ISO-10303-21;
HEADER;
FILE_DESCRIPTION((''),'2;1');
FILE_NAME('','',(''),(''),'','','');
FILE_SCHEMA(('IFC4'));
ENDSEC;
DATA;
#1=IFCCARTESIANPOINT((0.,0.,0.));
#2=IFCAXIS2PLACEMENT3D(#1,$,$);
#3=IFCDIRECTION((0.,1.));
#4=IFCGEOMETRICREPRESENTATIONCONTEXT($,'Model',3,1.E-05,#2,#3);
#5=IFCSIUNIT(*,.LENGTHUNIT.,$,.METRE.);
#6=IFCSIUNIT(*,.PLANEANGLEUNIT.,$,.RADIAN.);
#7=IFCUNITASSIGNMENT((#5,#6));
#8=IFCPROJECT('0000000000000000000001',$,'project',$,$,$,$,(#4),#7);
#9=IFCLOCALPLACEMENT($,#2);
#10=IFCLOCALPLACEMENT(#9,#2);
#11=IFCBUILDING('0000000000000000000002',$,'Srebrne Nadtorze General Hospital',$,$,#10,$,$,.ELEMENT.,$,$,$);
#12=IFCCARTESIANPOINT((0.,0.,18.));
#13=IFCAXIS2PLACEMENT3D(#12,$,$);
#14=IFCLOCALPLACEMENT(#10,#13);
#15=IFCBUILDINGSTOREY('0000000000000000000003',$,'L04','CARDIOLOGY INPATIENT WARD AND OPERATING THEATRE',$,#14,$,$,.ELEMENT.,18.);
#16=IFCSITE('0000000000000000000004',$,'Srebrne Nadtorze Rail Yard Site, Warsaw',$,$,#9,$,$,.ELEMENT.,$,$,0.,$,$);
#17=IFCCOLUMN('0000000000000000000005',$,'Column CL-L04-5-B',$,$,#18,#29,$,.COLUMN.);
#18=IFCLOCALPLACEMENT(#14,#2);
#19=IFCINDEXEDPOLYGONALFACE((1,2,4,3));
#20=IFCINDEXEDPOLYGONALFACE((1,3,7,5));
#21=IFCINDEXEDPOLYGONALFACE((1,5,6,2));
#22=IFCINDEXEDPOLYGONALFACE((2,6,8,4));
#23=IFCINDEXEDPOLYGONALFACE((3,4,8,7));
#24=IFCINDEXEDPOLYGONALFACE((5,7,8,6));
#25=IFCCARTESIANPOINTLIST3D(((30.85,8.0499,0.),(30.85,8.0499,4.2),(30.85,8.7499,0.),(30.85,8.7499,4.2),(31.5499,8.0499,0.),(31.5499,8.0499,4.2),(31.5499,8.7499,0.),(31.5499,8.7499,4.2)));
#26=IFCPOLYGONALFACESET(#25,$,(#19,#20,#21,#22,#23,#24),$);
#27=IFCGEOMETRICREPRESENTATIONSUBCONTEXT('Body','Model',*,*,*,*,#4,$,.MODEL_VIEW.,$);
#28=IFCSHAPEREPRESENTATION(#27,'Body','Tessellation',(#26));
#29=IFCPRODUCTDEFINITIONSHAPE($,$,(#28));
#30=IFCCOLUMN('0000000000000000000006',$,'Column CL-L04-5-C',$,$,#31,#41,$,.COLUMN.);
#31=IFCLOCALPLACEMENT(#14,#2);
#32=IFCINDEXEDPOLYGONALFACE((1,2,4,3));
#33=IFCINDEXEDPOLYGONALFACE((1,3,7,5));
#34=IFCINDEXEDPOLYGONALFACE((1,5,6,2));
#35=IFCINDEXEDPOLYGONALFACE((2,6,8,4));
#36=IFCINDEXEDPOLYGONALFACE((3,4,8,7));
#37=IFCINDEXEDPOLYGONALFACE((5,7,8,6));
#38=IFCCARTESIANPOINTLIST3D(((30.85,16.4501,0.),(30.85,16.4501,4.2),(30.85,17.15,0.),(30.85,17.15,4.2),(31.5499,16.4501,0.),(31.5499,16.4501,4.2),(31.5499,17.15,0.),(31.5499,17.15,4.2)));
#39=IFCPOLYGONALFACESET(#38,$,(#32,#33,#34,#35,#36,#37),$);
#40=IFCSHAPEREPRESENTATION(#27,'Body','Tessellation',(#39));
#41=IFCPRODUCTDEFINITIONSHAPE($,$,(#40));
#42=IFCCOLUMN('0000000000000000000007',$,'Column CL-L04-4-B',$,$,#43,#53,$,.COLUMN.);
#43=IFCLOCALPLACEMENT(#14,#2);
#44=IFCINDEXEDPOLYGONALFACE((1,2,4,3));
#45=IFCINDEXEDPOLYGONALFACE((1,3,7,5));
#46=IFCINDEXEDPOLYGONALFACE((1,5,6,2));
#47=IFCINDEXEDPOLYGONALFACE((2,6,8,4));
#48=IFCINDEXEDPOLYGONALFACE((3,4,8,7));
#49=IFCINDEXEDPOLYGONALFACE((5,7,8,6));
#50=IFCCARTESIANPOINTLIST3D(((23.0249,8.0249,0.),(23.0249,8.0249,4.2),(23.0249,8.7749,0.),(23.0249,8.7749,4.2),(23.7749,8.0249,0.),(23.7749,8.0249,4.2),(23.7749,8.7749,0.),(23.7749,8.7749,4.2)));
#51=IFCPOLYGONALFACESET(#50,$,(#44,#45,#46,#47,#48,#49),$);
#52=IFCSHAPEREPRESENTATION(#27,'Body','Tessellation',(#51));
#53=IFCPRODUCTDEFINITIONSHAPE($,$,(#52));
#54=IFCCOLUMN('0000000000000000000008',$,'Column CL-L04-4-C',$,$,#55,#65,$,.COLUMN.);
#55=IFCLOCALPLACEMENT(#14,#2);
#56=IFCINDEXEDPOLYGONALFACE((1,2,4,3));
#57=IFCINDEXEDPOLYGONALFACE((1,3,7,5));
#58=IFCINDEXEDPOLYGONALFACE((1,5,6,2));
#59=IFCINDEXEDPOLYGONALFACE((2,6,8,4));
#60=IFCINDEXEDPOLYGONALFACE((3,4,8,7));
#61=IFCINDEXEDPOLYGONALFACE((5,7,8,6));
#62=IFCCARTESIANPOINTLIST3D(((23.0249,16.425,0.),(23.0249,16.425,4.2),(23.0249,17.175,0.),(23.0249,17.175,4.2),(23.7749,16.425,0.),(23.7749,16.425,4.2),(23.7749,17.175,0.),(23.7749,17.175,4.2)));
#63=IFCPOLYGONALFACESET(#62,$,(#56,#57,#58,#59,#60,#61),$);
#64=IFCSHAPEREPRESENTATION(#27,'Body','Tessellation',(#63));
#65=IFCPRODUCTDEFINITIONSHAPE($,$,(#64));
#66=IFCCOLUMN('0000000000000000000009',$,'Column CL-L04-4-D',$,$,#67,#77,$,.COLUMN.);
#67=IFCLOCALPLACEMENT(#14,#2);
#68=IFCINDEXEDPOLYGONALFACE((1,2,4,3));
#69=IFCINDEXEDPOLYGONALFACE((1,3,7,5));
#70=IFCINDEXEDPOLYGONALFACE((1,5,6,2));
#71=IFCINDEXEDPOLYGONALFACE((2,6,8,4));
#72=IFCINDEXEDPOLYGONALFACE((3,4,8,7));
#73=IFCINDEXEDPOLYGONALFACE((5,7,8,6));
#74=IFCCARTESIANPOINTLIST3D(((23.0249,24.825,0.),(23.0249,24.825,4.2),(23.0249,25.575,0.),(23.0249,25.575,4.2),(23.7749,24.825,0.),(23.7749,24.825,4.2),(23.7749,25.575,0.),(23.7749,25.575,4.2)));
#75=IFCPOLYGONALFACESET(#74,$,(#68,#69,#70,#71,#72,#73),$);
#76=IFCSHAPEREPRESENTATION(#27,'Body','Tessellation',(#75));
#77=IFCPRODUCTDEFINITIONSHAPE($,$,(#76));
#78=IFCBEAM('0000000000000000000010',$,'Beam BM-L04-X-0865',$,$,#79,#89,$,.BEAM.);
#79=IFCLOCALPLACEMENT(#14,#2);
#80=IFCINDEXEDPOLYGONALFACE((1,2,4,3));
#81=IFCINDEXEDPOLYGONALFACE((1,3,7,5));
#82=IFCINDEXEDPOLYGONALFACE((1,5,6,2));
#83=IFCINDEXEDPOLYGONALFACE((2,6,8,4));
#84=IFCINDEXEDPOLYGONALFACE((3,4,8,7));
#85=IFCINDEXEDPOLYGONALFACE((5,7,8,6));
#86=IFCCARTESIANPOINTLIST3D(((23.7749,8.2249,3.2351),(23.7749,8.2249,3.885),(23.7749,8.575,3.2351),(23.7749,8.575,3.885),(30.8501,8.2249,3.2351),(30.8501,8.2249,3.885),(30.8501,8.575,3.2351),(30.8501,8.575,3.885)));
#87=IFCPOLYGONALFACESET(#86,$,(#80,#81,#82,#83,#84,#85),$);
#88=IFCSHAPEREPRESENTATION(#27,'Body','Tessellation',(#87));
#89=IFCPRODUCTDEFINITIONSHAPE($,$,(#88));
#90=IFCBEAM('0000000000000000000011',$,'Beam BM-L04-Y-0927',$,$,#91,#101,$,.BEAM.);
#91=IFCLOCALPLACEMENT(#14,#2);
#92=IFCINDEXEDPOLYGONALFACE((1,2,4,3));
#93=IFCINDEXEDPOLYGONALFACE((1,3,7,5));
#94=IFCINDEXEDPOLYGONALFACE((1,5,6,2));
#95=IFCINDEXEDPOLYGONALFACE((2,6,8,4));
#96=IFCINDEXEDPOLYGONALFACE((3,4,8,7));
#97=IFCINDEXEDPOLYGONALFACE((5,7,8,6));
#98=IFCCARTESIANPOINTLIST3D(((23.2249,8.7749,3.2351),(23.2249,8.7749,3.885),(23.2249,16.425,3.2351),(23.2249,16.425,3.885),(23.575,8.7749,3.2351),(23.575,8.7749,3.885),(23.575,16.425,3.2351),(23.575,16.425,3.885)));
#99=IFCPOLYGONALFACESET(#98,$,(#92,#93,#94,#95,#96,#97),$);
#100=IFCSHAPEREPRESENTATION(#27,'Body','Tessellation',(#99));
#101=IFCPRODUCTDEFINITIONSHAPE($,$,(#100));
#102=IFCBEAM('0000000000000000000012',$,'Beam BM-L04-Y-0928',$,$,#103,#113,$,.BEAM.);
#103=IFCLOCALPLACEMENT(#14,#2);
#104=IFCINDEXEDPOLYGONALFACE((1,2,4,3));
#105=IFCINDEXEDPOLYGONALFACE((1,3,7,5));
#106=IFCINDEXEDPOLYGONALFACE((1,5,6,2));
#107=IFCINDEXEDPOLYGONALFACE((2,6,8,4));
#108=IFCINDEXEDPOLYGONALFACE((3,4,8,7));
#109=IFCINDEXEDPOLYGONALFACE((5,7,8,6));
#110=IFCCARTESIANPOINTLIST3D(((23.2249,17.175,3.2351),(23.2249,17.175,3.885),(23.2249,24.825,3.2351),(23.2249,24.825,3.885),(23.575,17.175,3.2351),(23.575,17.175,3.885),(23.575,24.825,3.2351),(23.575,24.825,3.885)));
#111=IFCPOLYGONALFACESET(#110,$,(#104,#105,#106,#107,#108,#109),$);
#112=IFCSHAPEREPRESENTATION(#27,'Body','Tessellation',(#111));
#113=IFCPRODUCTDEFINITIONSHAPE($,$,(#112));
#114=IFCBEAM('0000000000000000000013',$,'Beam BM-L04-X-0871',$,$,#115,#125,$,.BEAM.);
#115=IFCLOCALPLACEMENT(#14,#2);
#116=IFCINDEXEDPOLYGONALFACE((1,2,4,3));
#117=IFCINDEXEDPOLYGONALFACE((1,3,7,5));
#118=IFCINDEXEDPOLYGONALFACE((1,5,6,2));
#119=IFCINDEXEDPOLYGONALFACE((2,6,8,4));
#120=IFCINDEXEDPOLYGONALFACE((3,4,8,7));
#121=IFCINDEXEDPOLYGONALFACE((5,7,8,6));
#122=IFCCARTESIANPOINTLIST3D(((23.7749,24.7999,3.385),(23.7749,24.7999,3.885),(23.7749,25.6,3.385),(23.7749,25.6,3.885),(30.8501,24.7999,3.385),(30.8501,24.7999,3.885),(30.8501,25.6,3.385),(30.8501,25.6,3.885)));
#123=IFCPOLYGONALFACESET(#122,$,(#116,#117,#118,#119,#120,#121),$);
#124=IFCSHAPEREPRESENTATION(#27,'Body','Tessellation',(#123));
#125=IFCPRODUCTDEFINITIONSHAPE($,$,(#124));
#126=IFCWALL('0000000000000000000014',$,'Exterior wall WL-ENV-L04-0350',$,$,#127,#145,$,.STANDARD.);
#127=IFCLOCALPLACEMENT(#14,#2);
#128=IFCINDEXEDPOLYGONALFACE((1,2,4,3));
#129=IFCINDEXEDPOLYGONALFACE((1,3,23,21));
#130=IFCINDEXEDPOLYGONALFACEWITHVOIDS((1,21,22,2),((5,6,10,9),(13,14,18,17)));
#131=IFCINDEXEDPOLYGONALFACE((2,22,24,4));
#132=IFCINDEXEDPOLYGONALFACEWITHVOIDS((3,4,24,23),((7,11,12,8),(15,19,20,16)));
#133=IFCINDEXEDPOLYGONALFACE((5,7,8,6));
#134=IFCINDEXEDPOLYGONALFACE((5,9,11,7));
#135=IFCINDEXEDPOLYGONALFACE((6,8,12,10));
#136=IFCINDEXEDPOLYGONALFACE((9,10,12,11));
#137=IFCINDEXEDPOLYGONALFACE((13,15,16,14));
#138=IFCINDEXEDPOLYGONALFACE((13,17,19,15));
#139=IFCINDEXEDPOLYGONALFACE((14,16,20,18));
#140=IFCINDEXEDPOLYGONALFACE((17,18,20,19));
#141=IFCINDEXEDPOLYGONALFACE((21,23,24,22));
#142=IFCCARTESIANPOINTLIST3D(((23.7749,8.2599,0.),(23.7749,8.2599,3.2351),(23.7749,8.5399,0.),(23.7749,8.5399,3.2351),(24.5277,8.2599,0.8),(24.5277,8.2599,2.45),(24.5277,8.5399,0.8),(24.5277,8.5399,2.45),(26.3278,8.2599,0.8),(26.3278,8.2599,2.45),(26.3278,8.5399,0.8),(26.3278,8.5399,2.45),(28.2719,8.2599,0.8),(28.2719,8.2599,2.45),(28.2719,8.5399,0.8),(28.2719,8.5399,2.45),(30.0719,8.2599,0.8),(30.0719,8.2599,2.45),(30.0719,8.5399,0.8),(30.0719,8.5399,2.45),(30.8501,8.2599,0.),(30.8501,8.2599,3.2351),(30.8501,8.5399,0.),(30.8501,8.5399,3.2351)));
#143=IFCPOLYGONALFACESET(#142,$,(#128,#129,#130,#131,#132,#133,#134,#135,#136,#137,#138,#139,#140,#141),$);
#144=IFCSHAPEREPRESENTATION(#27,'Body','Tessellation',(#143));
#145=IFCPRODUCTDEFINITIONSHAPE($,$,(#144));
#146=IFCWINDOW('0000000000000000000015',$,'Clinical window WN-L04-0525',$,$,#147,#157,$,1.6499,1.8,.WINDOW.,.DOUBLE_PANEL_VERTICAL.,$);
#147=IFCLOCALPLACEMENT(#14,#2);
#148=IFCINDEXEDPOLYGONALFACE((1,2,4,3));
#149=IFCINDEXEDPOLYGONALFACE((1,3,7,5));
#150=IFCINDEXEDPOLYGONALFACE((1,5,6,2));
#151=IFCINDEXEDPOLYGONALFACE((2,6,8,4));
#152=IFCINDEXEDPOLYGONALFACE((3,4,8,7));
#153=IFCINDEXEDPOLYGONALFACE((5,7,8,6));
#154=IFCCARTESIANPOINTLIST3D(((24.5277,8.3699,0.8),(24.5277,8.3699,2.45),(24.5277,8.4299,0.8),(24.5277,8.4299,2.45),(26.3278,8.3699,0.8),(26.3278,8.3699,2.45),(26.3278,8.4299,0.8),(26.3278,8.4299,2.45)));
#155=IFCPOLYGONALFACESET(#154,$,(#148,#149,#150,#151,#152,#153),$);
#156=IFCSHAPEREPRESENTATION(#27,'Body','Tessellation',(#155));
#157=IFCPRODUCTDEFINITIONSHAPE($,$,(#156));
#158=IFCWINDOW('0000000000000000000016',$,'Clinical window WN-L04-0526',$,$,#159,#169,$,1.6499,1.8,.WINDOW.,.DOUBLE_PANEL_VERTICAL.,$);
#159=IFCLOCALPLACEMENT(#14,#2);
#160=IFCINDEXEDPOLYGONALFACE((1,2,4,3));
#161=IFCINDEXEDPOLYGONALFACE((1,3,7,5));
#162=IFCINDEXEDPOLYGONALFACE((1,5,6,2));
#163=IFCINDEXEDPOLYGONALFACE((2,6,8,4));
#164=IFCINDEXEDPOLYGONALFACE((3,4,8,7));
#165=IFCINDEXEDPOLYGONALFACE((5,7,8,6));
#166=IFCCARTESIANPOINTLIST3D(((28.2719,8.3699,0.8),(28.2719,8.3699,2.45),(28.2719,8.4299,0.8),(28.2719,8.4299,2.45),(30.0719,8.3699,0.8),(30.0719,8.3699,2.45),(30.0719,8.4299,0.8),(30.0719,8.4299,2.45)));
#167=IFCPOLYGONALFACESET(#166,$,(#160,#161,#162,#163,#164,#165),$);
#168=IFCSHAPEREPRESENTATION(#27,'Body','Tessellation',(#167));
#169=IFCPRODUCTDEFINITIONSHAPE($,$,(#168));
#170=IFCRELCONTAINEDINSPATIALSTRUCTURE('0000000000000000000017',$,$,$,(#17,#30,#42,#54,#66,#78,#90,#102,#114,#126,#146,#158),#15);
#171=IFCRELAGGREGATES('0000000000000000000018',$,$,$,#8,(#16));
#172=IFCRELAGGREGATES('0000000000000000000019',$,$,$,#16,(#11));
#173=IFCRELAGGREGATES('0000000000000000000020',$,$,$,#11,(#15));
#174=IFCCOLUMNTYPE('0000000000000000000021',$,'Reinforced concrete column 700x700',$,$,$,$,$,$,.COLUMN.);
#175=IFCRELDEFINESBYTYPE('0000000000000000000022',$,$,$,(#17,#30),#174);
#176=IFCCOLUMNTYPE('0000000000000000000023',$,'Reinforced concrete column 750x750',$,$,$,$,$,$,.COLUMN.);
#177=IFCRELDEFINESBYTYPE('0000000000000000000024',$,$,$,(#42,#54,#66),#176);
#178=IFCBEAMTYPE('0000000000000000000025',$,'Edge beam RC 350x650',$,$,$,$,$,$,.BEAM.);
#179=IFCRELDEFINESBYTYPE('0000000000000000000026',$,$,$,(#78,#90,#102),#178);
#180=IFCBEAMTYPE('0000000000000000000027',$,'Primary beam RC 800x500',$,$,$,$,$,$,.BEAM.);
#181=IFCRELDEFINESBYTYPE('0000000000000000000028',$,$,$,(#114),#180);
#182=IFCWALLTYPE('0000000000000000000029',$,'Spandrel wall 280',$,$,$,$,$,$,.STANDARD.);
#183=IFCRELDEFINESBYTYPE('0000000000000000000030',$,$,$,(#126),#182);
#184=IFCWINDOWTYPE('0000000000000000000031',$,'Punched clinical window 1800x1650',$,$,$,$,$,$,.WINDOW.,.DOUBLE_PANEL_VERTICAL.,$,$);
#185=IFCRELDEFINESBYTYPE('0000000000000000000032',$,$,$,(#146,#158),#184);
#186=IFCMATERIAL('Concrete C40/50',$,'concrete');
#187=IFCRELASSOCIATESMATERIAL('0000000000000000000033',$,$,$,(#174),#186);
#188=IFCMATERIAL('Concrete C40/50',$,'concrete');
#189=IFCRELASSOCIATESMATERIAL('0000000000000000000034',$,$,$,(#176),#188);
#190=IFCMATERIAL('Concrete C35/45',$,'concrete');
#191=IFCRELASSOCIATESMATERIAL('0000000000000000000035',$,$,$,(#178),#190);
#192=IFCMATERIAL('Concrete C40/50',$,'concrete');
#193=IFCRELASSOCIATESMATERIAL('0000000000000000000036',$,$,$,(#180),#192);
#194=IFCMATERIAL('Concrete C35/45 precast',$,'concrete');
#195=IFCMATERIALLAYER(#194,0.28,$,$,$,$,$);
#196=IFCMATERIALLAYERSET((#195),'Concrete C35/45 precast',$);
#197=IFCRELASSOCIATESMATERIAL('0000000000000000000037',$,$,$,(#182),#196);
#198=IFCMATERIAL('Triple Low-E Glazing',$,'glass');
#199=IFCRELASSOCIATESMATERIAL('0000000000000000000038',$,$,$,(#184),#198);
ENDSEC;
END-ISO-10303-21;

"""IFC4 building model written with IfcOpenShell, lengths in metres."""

from ifc_helpers import new_model, si_unit, direction, frame, frame_2d, origin, origin_2d, place, context, subcontext, project, spatial, rectangle, extrude, material, layer, layer_set, material_profile, profile_set, type_object, element, fill, save


model = new_model("IFC4")

# Units and contexts
model_context = context("Model", 3, precision=1e-05, world=origin(), true_north=direction((0.0, 1.0)))
body_context = subcontext(model_context, "Body", "Model", "MODEL_VIEW")
ifc_project = project(units=[si_unit("LENGTHUNIT", "METRE"), si_unit("PLANEANGLEUNIT", "RADIAN")], contexts=[model_context])

# Site, building, storey
site_placement = place(None, origin())
site = spatial("IfcSite", under=ifc_project, at=site_placement, Name="Srebrne Nadtorze Rail Yard Site, Warsaw", CompositionType="ELEMENT", RefElevation=0.0)
building_placement = place(site_placement, origin())
building = spatial("IfcBuilding", under=site, at=building_placement, Name="Srebrne Nadtorze General Hospital", CompositionType="ELEMENT")
storey_placement = place(building_placement, frame((0.0, 0.0, 18.0)))
storey = spatial("IfcBuildingStorey", under=building, at=storey_placement, Name="L04", Description="CARDIOLOGY INPATIENT WARD AND OPERATING THEATRE", CompositionType="ELEMENT", Elevation=18.0)

# Columns
ifc_material_1 = material(Name="Concrete C40/50", Category="concrete")
ifc_material_profile_1 = material_profile(ifc_material_1, rectangle(XDim=0.7, YDim=0.7, at=origin_2d()), Name="RC-COL-700x700")
ifc_profile_set_1 = profile_set([ifc_material_profile_1], Name="Concrete C40/50")
column_type_1 = type_object("IfcColumnType", Name="Reinforced concrete column 700x700", PredefinedType="COLUMN", material=ifc_profile_set_1)
for number, where, z_axis, x_axis, name in (
    (1, (31.2, 8.3999, 0.0), (0.0, 0.0, 1.0), (1.0, 0.0, 0.0), "Column CL-L04-5-B"),
    (2, (31.2, 16.8, 0.0), (0.0, 0.0, 1.0), (1.0, 0.0, 0.0), "Column CL-L04-5-C"),
):
    element("IfcColumn", number, at=place(storey_placement, frame(where, z_axis=z_axis, x_axis=x_axis)), inside=storey, type_object=column_type_1, Name=name, PredefinedType="COLUMN", context=body_context, shape_type="SweptSolid", body=[
        extrude(rectangle(XDim=0.7, YDim=0.7, at=origin_2d()), origin(), (0.0, 0.0, 1.0), 4.2),
    ])
ifc_material_2 = material(Name="Concrete C40/50", Category="concrete")
ifc_material_profile_2 = material_profile(ifc_material_2, rectangle(XDim=0.75, YDim=0.75, at=origin_2d()), Name="RC-COL-750x750")
ifc_profile_set_2 = profile_set([ifc_material_profile_2], Name="Concrete C40/50")
column_type_2 = type_object("IfcColumnType", Name="Reinforced concrete column 750x750", PredefinedType="COLUMN", material=ifc_profile_set_2)
for number, where, z_axis, x_axis, name in (
    (3, (23.3999, 8.3999, 0.0), (0.0, 0.0, 1.0), (1.0, 0.0, 0.0), "Column CL-L04-4-B"),
    (4, (23.3999, 16.8, 0.0), (0.0, 0.0, 1.0), (1.0, 0.0, 0.0), "Column CL-L04-4-C"),
    (5, (23.3999, 25.2, 0.0), (0.0, 0.0, 1.0), (1.0, 0.0, 0.0), "Column CL-L04-4-D"),
):
    element("IfcColumn", number, at=place(storey_placement, frame(where, z_axis=z_axis, x_axis=x_axis)), inside=storey, type_object=column_type_2, Name=name, PredefinedType="COLUMN", context=body_context, shape_type="SweptSolid", body=[
        extrude(rectangle(XDim=0.75, YDim=0.75, at=origin_2d()), origin(), (0.0, 0.0, 1.0), 4.2),
    ])

# Beams
ifc_material_3 = material(Name="Concrete C35/45", Category="concrete")
ifc_material_profile_3 = material_profile(ifc_material_3, rectangle(XDim=0.3501, YDim=0.6499, at=origin_2d()), Name="RC-BM-350x650")
ifc_profile_set_3 = profile_set([ifc_material_profile_3], Name="Concrete C35/45")
beam_type_1 = type_object("IfcBeamType", Name="Edge beam RC 350x650", PredefinedType="BEAM", material=ifc_profile_set_3)
beam_1_placement = place(storey_placement, frame((23.7749, 8.3999, 3.5601), z_axis=(1.0, 0.0, 0.0), x_axis=(0.0, 1.0, 0.0)))
element("IfcBeam", 6, at=beam_1_placement, inside=storey, type_object=beam_type_1, Name="Beam BM-L04-X-0865", PredefinedType="BEAM", context=body_context, shape_type="SweptSolid", body=[
    extrude(rectangle(XDim=0.3501, YDim=0.6499, at=origin_2d()), origin(), (0.0, 0.0, 1.0), 7.0752),
])
beam_2_placement = place(storey_placement, frame((23.3999, 8.7749, 3.5601), z_axis=(0.0, 1.0, 0.0), x_axis=(-1.0, 0.0, 0.0)))
element("IfcBeam", 7, at=beam_2_placement, inside=storey, type_object=beam_type_1, Name="Beam BM-L04-Y-0927", PredefinedType="BEAM", context=body_context, shape_type="SweptSolid", body=[
    extrude(rectangle(XDim=0.3501, YDim=0.6499, at=origin_2d()), origin(), (0.0, 0.0, 1.0), 7.6501),
])
beam_3_placement = place(storey_placement, frame((23.3999, 17.175, 3.5601), z_axis=(0.0, 1.0, 0.0), x_axis=(-1.0, 0.0, 0.0)))
element("IfcBeam", 8, at=beam_3_placement, inside=storey, type_object=beam_type_1, Name="Beam BM-L04-Y-0928", PredefinedType="BEAM", context=body_context, shape_type="SweptSolid", body=[
    extrude(rectangle(XDim=0.3501, YDim=0.6499, at=origin_2d()), origin(), (0.0, 0.0, 1.0), 7.6499),
])
ifc_material_4 = material(Name="Concrete C40/50", Category="concrete")
ifc_material_profile_4 = material_profile(ifc_material_4, rectangle(XDim=0.8, YDim=0.5, at=origin_2d()), Name="RC-BM-800x500")
ifc_profile_set_4 = profile_set([ifc_material_profile_4], Name="Concrete C40/50")
beam_type_2 = type_object("IfcBeamType", Name="Primary beam RC 800x500", PredefinedType="BEAM", material=ifc_profile_set_4)
beam_4_placement = place(storey_placement, frame((23.7749, 25.2, 3.635), z_axis=(1.0, 0.0, 0.0), x_axis=(0.0, 1.0, 0.0)))
element("IfcBeam", 9, at=beam_4_placement, inside=storey, type_object=beam_type_2, Name="Beam BM-L04-X-0871", PredefinedType="BEAM", context=body_context, shape_type="SweptSolid", body=[
    extrude(rectangle(XDim=0.8, YDim=0.5, at=origin_2d()), origin(), (0.0, 0.0, 1.0), 7.0752),
])

# Wall, openings, windows
ifc_material_5 = material(Name="Concrete C35/45 precast", Category="concrete")
ifc_layer_1 = layer(ifc_material_5, 0.28)
ifc_layer_set_1 = layer_set([ifc_layer_1], Name="Concrete C35/45 precast")
wall_type = type_object("IfcWallType", Name="Spandrel wall 280", PredefinedType="STANDARD", material=ifc_layer_set_1)
wall_1_placement = place(storey_placement, frame((23.7749, 8.3999, 0.0), z_axis=(0.0, 0.0, 1.0), x_axis=(1.0, 0.0, 0.0)))
wall_1 = element("IfcWall", 10, at=wall_1_placement, inside=storey, type_object=wall_type, Name="Exterior wall WL-ENV-L04-0350", PredefinedType="STANDARD", context=body_context, shape_type="SweptSolid", body=[
    extrude(rectangle(XDim=7.0752, YDim=0.28, at=frame_2d((3.5376, 0.0))), origin(), (0.0, 0.0, 1.0), 3.2351),
])
opening_1_placement = place(wall_1_placement, frame((0.7529, 0.0, 0.8)))
opening_1 = element("IfcOpeningElement", 11, at=opening_1_placement, cuts=wall_1, PredefinedType="OPENING", context=body_context, shape_type="SweptSolid", body=[
    extrude(rectangle(XDim=1.8, YDim=1.6499, at=frame_2d((0.8999, 0.825))), frame((0.0, 0.1519, 0.0), z_axis=(0.0, -1.0, 0.0), x_axis=(1.0, 0.0, 0.0)), (0.0, 0.0, 1.0), 0.304),
])
opening_2_placement = place(wall_1_placement, frame((4.4971, 0.0, 0.8)))
opening_2 = element("IfcOpeningElement", 12, at=opening_2_placement, cuts=wall_1, PredefinedType="OPENING", context=body_context, shape_type="SweptSolid", body=[
    extrude(rectangle(XDim=1.8, YDim=1.6499, at=frame_2d((0.8999, 0.825))), frame((0.0, 0.1519, 0.0), z_axis=(0.0, -1.0, 0.0), x_axis=(1.0, 0.0, 0.0)), (0.0, 0.0, 1.0), 0.304),
])
ifc_material_6 = material(Name="Triple Low-E Glazing", Category="glass")
window_type_1 = type_object("IfcWindowType", Name="Punched clinical window 1800x1650", PartitioningType="DOUBLE_PANEL_VERTICAL", PredefinedType="WINDOW", material=ifc_material_6)
window_1_placement = place(opening_1_placement, origin())
window_1 = element("IfcWindow", 13, at=window_1_placement, inside=storey, type_object=window_type_1, Name="Clinical window WN-L04-0525", OverallHeight=1.6499, OverallWidth=1.8, PartitioningType="DOUBLE_PANEL_VERTICAL", PredefinedType="WINDOW", context=body_context, shape_type="SweptSolid", body=[
    extrude(rectangle(XDim=1.8, YDim=1.6499, at=frame_2d((0.8999, 0.825))), frame((0.0, 0.03, 0.0), z_axis=(0.0, -1.0, 0.0), x_axis=(1.0, 0.0, 0.0)), (0.0, 0.0, 1.0), 0.0601),
])
fill(opening_1, window_1)
window_2_placement = place(opening_2_placement, origin())
window_2 = element("IfcWindow", 14, at=window_2_placement, inside=storey, type_object=window_type_1, Name="Clinical window WN-L04-0526", OverallHeight=1.6499, OverallWidth=1.8, PartitioningType="DOUBLE_PANEL_VERTICAL", PredefinedType="WINDOW", context=body_context, shape_type="SweptSolid", body=[
    extrude(rectangle(XDim=1.8, YDim=1.6499, at=frame_2d((0.8999, 0.825))), frame((0.0, 0.03, 0.0), z_axis=(0.0, -1.0, 0.0), x_axis=(1.0, 0.0, 0.0)), (0.0, 0.0, 1.0), 0.0601),
])
fill(opening_2, window_2)

save(model, "model.ifc")
